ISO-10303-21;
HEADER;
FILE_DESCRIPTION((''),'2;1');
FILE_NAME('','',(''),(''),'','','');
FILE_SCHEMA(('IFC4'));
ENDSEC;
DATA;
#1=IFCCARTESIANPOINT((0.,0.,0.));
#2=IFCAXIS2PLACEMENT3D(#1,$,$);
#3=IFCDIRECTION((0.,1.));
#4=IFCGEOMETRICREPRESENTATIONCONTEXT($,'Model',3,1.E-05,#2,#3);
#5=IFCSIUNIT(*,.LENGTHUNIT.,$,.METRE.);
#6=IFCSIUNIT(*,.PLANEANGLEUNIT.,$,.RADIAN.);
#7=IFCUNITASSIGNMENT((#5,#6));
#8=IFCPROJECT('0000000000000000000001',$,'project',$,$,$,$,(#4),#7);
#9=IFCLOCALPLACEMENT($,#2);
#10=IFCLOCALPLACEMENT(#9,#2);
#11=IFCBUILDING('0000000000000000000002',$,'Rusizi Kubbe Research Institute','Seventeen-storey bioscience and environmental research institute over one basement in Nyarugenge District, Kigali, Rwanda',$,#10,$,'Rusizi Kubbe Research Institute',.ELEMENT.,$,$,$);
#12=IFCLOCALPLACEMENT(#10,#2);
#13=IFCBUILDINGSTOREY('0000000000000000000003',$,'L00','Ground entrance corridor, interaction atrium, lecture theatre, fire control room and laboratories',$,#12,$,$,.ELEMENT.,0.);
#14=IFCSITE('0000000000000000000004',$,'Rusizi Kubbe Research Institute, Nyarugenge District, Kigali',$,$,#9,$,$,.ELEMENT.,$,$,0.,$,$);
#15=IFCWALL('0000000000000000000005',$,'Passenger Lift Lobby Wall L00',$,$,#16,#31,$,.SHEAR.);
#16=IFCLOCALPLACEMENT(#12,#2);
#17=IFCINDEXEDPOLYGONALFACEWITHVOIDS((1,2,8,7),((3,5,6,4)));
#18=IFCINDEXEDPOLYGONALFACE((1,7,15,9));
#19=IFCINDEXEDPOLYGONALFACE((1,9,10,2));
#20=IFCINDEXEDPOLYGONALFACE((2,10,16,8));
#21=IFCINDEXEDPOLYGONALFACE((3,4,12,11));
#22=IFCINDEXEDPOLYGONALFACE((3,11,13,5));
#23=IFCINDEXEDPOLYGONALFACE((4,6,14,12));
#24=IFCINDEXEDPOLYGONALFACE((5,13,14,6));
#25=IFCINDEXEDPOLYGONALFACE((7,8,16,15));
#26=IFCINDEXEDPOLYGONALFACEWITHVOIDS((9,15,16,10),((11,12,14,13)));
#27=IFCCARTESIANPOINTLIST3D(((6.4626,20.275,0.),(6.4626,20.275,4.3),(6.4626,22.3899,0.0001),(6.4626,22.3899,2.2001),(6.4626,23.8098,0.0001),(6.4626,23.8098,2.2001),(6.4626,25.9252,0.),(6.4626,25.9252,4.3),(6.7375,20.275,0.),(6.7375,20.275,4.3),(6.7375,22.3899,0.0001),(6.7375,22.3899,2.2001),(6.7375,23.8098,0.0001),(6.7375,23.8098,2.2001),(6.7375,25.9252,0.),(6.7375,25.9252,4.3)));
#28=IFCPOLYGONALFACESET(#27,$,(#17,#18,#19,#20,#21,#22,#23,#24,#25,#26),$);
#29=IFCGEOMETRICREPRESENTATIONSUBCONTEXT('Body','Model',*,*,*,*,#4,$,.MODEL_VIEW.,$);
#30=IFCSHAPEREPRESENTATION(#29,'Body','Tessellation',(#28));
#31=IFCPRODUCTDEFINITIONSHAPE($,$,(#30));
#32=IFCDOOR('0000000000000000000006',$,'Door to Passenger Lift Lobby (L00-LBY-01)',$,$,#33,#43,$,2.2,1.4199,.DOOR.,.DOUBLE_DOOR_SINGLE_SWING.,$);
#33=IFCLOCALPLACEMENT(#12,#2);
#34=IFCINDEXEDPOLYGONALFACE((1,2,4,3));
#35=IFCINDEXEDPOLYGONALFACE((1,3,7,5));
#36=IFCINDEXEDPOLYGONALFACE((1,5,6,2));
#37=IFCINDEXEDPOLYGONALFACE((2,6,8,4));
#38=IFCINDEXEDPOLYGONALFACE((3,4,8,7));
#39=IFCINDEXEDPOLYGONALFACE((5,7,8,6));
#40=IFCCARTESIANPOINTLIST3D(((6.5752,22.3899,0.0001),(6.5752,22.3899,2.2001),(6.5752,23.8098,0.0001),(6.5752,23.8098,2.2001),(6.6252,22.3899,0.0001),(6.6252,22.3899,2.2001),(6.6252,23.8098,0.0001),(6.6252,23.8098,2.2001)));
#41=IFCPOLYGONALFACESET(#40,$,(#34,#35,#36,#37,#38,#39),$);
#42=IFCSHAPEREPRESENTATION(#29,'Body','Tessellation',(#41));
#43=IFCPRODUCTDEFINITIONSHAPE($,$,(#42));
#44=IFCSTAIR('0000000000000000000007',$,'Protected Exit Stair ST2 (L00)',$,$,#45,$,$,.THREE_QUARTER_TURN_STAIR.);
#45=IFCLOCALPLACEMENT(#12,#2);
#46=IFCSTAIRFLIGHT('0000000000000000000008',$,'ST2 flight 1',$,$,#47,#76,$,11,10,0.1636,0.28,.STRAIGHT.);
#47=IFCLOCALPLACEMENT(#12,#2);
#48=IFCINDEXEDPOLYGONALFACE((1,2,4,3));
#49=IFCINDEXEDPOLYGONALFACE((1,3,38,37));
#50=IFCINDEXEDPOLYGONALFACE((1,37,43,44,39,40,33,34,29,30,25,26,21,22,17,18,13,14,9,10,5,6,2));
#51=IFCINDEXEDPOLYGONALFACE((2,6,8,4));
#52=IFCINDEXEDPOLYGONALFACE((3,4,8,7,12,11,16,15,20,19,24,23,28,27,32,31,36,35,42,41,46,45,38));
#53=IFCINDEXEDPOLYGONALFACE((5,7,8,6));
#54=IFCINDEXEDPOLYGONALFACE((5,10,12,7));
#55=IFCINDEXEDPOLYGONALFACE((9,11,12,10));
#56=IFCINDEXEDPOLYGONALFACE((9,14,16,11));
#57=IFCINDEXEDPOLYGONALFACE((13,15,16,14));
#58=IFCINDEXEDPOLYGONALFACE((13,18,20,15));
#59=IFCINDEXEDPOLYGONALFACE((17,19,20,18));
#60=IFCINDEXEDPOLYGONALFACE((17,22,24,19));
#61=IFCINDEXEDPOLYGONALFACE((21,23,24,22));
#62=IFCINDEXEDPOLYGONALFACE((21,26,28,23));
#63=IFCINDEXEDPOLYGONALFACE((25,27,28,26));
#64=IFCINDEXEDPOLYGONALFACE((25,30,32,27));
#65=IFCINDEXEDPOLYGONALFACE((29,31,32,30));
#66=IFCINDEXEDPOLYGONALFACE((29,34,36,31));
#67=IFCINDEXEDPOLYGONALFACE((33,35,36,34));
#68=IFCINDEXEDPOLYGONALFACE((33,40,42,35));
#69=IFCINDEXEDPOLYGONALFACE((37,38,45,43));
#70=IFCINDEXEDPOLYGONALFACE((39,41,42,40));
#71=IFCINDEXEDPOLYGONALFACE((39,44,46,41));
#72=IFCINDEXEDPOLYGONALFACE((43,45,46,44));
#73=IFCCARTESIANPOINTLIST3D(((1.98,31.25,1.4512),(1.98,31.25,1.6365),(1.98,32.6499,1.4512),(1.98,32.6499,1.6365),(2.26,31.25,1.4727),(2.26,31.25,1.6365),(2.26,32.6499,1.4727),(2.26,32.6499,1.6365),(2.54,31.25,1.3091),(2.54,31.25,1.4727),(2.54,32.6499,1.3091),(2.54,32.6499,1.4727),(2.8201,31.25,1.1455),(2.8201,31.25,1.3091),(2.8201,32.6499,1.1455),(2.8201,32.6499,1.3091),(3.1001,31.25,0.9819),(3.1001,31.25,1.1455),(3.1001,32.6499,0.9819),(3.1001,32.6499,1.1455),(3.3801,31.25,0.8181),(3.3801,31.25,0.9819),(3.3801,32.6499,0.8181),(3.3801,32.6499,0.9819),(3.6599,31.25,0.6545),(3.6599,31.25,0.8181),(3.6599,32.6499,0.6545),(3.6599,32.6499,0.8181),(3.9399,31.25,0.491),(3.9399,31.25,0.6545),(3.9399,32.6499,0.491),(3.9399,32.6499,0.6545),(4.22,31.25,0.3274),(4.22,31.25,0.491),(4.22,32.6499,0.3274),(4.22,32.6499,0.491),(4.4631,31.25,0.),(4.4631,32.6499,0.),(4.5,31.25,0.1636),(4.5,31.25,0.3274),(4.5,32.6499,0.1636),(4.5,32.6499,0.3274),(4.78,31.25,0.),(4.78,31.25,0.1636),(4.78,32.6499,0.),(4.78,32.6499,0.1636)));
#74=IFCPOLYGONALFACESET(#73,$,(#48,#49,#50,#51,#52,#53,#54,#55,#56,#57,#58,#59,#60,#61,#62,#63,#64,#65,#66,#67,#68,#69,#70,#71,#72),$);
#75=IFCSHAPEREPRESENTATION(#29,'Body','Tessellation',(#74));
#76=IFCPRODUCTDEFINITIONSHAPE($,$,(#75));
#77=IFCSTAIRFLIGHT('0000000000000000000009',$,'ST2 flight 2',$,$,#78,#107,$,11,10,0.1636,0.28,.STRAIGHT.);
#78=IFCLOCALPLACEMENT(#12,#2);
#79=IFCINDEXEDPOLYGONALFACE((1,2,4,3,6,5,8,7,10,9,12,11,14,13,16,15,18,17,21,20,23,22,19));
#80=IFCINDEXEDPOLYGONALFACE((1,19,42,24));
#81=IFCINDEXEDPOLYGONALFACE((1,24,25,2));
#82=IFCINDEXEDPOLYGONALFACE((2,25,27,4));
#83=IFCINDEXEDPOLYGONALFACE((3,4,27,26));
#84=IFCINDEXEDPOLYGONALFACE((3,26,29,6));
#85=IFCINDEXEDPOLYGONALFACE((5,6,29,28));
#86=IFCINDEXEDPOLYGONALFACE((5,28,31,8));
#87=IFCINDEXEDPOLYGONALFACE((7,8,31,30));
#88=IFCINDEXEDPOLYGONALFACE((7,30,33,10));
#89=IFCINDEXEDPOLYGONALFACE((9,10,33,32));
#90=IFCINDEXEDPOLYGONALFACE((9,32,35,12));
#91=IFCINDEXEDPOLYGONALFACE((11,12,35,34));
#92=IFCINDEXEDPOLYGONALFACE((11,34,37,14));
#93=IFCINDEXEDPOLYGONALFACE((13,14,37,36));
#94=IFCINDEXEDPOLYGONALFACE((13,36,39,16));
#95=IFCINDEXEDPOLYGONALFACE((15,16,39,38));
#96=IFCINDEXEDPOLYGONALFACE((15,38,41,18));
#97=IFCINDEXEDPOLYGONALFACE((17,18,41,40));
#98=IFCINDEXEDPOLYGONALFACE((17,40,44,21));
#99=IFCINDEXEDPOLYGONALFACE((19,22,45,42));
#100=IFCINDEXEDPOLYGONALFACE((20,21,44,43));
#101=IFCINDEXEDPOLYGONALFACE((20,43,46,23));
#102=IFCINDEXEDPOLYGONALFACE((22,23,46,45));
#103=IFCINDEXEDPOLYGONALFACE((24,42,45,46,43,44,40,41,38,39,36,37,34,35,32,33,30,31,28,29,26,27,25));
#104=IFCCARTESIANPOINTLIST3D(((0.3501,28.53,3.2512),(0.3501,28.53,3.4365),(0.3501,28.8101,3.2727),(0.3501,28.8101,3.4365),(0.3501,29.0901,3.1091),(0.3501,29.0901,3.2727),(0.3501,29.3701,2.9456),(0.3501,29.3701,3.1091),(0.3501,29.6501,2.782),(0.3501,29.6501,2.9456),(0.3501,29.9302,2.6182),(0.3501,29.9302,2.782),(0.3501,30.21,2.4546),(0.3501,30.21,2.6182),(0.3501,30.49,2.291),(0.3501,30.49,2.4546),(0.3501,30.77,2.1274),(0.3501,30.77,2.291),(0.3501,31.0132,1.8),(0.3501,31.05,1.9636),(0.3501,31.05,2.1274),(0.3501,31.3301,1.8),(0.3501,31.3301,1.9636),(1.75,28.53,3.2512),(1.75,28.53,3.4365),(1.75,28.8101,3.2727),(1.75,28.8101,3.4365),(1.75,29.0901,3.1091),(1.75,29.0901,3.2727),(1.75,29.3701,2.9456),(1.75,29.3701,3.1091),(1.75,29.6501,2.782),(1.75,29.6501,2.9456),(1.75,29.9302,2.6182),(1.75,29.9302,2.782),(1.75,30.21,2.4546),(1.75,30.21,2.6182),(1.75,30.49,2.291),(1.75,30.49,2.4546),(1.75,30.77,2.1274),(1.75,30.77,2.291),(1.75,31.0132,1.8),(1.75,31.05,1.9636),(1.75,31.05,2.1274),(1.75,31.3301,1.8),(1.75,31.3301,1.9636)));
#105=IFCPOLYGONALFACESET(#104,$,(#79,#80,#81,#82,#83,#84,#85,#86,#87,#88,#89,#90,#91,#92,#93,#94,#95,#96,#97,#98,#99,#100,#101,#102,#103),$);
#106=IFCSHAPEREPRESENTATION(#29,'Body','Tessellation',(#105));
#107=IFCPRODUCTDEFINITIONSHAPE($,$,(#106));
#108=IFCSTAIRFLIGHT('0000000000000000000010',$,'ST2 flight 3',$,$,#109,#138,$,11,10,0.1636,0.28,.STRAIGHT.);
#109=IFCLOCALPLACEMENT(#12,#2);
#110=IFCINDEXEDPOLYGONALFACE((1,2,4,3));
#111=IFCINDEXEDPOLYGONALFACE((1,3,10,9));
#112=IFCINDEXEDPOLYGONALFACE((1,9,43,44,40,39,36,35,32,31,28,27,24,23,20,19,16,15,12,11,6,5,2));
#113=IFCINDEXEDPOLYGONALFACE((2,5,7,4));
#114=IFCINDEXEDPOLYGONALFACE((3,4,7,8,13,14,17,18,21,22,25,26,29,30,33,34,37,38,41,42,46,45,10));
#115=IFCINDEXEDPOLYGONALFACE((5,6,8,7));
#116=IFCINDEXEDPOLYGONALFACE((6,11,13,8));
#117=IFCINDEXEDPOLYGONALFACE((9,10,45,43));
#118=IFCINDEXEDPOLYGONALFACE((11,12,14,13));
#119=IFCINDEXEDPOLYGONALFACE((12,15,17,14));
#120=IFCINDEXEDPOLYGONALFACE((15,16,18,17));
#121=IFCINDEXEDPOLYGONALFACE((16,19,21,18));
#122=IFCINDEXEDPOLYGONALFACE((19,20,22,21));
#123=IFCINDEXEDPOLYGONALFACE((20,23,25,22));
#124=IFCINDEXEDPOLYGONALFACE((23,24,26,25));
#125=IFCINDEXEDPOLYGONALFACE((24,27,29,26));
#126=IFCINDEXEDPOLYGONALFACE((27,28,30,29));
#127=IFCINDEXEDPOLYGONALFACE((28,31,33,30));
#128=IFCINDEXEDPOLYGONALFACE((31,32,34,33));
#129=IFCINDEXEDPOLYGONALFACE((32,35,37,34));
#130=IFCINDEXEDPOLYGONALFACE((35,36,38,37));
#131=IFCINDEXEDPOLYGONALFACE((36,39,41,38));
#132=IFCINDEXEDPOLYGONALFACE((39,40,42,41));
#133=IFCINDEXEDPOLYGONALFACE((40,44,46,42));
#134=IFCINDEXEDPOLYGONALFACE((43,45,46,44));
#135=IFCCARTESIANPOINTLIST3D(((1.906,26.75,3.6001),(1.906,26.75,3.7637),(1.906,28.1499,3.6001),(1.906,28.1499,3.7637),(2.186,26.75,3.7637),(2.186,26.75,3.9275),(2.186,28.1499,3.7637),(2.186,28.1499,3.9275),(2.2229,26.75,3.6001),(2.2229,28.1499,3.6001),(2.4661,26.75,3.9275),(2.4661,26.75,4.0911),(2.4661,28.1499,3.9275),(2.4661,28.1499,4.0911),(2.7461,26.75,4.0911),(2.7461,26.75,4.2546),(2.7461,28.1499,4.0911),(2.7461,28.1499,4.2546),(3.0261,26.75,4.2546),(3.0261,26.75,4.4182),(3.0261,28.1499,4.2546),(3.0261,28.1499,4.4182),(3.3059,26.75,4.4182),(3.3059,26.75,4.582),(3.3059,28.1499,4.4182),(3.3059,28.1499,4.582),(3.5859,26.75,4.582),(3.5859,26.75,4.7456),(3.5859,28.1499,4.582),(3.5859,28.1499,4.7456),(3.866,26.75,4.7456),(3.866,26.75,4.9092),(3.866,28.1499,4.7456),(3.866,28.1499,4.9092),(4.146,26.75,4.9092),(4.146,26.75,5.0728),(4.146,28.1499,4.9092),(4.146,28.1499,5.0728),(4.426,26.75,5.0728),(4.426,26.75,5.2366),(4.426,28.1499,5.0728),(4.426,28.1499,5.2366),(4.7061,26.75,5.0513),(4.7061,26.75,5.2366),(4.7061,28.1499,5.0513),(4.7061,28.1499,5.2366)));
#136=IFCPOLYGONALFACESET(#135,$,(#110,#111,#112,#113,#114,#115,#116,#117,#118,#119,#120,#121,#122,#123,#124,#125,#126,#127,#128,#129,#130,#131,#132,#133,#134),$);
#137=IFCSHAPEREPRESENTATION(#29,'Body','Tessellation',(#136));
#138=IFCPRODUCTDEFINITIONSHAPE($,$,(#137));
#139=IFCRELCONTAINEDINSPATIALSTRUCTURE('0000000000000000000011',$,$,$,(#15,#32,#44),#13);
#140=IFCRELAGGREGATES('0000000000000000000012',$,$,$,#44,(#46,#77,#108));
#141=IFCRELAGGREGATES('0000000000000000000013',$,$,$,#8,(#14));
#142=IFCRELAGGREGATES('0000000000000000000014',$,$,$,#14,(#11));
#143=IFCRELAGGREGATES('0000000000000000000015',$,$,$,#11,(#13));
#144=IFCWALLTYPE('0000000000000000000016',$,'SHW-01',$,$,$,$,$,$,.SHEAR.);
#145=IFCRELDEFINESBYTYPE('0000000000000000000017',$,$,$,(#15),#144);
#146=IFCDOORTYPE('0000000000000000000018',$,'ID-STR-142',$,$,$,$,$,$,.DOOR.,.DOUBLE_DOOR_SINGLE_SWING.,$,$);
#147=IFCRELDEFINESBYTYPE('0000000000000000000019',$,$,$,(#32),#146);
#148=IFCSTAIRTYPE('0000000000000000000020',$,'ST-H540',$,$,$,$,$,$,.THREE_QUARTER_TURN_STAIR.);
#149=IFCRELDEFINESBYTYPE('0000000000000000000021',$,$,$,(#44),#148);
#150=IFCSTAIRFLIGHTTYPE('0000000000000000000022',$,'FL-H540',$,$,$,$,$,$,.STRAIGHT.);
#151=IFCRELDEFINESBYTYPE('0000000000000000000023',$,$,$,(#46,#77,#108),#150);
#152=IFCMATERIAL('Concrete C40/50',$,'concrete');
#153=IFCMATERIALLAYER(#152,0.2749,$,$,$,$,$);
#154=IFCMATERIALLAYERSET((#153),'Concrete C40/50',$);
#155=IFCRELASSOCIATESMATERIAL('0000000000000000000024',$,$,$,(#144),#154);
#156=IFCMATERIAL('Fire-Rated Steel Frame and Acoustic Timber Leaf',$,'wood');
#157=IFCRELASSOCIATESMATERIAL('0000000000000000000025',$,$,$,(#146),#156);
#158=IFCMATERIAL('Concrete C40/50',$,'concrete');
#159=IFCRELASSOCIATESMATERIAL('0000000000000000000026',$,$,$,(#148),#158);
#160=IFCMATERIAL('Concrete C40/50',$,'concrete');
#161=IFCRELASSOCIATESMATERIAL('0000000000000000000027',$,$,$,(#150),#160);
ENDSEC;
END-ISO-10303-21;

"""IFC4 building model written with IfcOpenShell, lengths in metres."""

from ifc_helpers import new_model, si_unit, direction, frame, frame_2d, origin, place, context, subcontext, project, spatial, polyline, rectangle, outline, extrude, material, layer, layer_set, type_object, element, fill, aggregate, save


model = new_model("IFC4")

# Units and contexts
model_context = context("Model", 3, precision=1e-05, world=origin(), true_north=direction((0.0, 1.0)))
body_context = subcontext(model_context, "Body", "Model", "MODEL_VIEW")
ifc_project = project(units=[si_unit("LENGTHUNIT", "METRE"), si_unit("PLANEANGLEUNIT", "RADIAN")], contexts=[model_context])

# Site, building, storey
site_placement = place(None, origin())
site = spatial("IfcSite", under=ifc_project, at=site_placement, Name="Rusizi Kubbe Research Institute, Nyarugenge District, Kigali", CompositionType="ELEMENT", RefElevation=0.0)
building_placement = place(site_placement, origin())
building = spatial("IfcBuilding", under=site, at=building_placement, Name="Rusizi Kubbe Research Institute", Description="Seventeen-storey bioscience and environmental research institute over one basement in Nyarugenge District, Kigali, Rwanda", LongName="Rusizi Kubbe Research Institute", CompositionType="ELEMENT")
storey_placement = place(building_placement, origin())
storey = spatial("IfcBuildingStorey", under=building, at=storey_placement, Name="L00", Description="Ground entrance corridor, interaction atrium, lecture theatre, fire control room and laboratories", CompositionType="ELEMENT", Elevation=0.0)

# Wall, opening, door
ifc_material_1 = material(Name="Concrete C40/50", Category="concrete")
ifc_layer_1 = layer(ifc_material_1, 0.2749)
ifc_layer_set_1 = layer_set([ifc_layer_1], Name="Concrete C40/50")
wall_type_1 = type_object("IfcWallType", Name="SHW-01", PredefinedType="SHEAR", material=ifc_layer_set_1)
wall_1_placement = place(storey_placement, frame((6.6001, 20.2749, 0.0), z_axis=(0.0, 0.0, 1.0), x_axis=(0.0, 1.0, 0.0)))
wall_1 = element("IfcWall", 1, at=wall_1_placement, inside=storey, type_object=wall_type_1, Name="Passenger Lift Lobby Wall L00", PredefinedType="SHEAR", context=body_context, shape_type="SweptSolid", body=[
    extrude(rectangle(XDim=5.6501, YDim=0.2749, at=frame_2d((2.8252, 0.0))), origin(), (0.0, 0.0, 1.0), 4.3),
])
opening_placement = place(wall_1_placement, frame((2.115, 0.0, 0.0)))
opening = element("IfcOpeningElement", 2, at=opening_placement, cuts=wall_1, PredefinedType="OPENING", context=body_context, shape_type="SweptSolid", body=[
    extrude(rectangle(XDim=1.4199, YDim=2.2, at=frame_2d((0.71, 1.1001))), frame((0.0, 0.1475, 0.0), z_axis=(0.0, -1.0, 0.0), x_axis=(1.0, 0.0, 0.0)), (0.0, 0.0, 1.0), 0.2949),
])
ifc_material_2 = material(Name="Fire-Rated Steel Frame and Acoustic Timber Leaf", Category="wood")
door_type = type_object("IfcDoorType", Name="ID-STR-142", OperationType="DOUBLE_DOOR_SINGLE_SWING", PredefinedType="DOOR", material=ifc_material_2)
door_placement = place(opening_placement, origin())
door = element("IfcDoor", 3, at=door_placement, inside=storey, type_object=door_type, Name="Door to Passenger Lift Lobby (L00-LBY-01)", OperationType="DOUBLE_DOOR_SINGLE_SWING", OverallHeight=2.2, OverallWidth=1.4199, PredefinedType="DOOR", context=body_context, shape_type="SweptSolid", body=[
    extrude(rectangle(XDim=1.4199, YDim=2.2, at=frame_2d((0.71, 1.1001))), frame((0.0, 0.0249, 0.0), z_axis=(0.0, -1.0, 0.0), x_axis=(1.0, 0.0, 0.0)), (0.0, 0.0, 1.0), 0.05),
])
fill(opening, door)

# Stair, stair flights
ifc_material_3 = material(Name="Concrete C40/50", Category="concrete")
stair_type = type_object("IfcStairType", Name="ST-H540", PredefinedType="THREE_QUARTER_TURN_STAIR", material=ifc_material_3)
stair_placement = place(storey_placement, origin())
stair = element("IfcStair", 4, at=stair_placement, inside=storey, type_object=stair_type, Name="Protected Exit Stair ST2 (L00)", PredefinedType="THREE_QUARTER_TURN_STAIR")
ifc_material_4 = material(Name="Concrete C40/50", Category="concrete")
stair_flight_type = type_object("IfcStairFlightType", Name="FL-H540", PredefinedType="STRAIGHT", material=ifc_material_4)
stair_flight_1_placement = place(storey_placement, frame((4.78, 31.95, 0.0), z_axis=(0.0, 0.0, 1.0), x_axis=(-1.0, 0.0, 0.0)))
stair_flight_1 = element("IfcStairFlight", 5, at=stair_flight_1_placement, type_object=stair_flight_type, Name="ST2 flight 1", NumberOfRisers=11, NumberOfTreads=10, PredefinedType="STRAIGHT", RiserHeight=0.1636, TreadLength=0.28, context=body_context, shape_type="SweptSolid", body=[
    extrude(outline(polyline([(0.0, 0.0), (0.0, 0.1636), (0.28, 0.1636), (0.28, 0.3274), (0.5601, 0.3274), (0.5601, 0.491), (0.8401, 0.491), (0.8401, 0.6545), (1.1201, 0.6545), (1.1201, 0.8181), (1.3999, 0.8181), (1.3999, 0.9819), (1.6799, 0.9819), (1.6799, 1.1455), (1.96, 1.1455), (1.96, 1.3091), (2.24, 1.3091), (2.24, 1.4727), (2.52, 1.4727), (2.52, 1.6365), (2.8, 1.6365), (2.8, 1.8), (2.8, 1.4512), (0.3169, 0.0), (0.0, 0.0)])), frame((0.0, 0.7, 0.0), z_axis=(0.0, -1.0, 0.0), x_axis=(1.0, 0.0, 0.0)), (0.0, 0.0, 1.0), 1.3999),
])
stair_flight_2_placement = place(storey_placement, frame((1.05, 31.3301, 1.8), z_axis=(0.0, 0.0, 1.0), x_axis=(0.0, -1.0, 0.0)))
stair_flight_2 = element("IfcStairFlight", 6, at=stair_flight_2_placement, type_object=stair_flight_type, Name="ST2 flight 2", NumberOfRisers=11, NumberOfTreads=10, PredefinedType="STRAIGHT", RiserHeight=0.1636, TreadLength=0.28, context=body_context, shape_type="SweptSolid", body=[
    extrude(outline(polyline([(0.0, 0.0), (0.0, 0.1636), (0.28, 0.1636), (0.28, 0.3274), (0.5601, 0.3274), (0.5601, 0.491), (0.8401, 0.491), (0.8401, 0.6545), (1.1201, 0.6545), (1.1201, 0.8181), (1.3999, 0.8181), (1.3999, 0.9819), (1.6799, 0.9819), (1.6799, 1.1455), (1.96, 1.1455), (1.96, 1.3091), (2.24, 1.3091), (2.24, 1.4727), (2.52, 1.4727), (2.52, 1.6365), (2.8, 1.6365), (2.8, 1.8), (2.8, 1.4512), (0.3169, 0.0), (0.0, 0.0)])), frame((0.0, 0.7, 0.0), z_axis=(0.0, -1.0, 0.0), x_axis=(1.0, 0.0, 0.0)), (0.0, 0.0, 1.0), 1.3999),
])
stair_flight_3_placement = place(storey_placement, frame((1.906, 27.45, 3.6001), z_axis=(0.0, 0.0, 1.0), x_axis=(1.0, 0.0, 0.0)))
stair_flight_3 = element("IfcStairFlight", 7, at=stair_flight_3_placement, type_object=stair_flight_type, Name="ST2 flight 3", NumberOfRisers=11, NumberOfTreads=10, PredefinedType="STRAIGHT", RiserHeight=0.1636, TreadLength=0.28, context=body_context, shape_type="SweptSolid", body=[
    extrude(outline(polyline([(0.0, 0.0), (0.0, 0.1636), (0.28, 0.1636), (0.28, 0.3274), (0.5601, 0.3274), (0.5601, 0.491), (0.8401, 0.491), (0.8401, 0.6545), (1.1201, 0.6545), (1.1201, 0.8181), (1.3999, 0.8181), (1.3999, 0.9819), (1.6799, 0.9819), (1.6799, 1.1455), (1.96, 1.1455), (1.96, 1.3091), (2.24, 1.3091), (2.24, 1.4727), (2.52, 1.4727), (2.52, 1.6365), (2.8, 1.6365), (2.8, 1.8), (2.8, 1.4512), (0.3169, 0.0), (0.0, 0.0)])), frame((0.0, 0.7, 0.0), z_axis=(0.0, -1.0, 0.0), x_axis=(1.0, 0.0, 0.0)), (0.0, 0.0, 1.0), 1.3999),
])
aggregate(stair, [stair_flight_1, stair_flight_2, stair_flight_3])

save(model, "model.ifc")
